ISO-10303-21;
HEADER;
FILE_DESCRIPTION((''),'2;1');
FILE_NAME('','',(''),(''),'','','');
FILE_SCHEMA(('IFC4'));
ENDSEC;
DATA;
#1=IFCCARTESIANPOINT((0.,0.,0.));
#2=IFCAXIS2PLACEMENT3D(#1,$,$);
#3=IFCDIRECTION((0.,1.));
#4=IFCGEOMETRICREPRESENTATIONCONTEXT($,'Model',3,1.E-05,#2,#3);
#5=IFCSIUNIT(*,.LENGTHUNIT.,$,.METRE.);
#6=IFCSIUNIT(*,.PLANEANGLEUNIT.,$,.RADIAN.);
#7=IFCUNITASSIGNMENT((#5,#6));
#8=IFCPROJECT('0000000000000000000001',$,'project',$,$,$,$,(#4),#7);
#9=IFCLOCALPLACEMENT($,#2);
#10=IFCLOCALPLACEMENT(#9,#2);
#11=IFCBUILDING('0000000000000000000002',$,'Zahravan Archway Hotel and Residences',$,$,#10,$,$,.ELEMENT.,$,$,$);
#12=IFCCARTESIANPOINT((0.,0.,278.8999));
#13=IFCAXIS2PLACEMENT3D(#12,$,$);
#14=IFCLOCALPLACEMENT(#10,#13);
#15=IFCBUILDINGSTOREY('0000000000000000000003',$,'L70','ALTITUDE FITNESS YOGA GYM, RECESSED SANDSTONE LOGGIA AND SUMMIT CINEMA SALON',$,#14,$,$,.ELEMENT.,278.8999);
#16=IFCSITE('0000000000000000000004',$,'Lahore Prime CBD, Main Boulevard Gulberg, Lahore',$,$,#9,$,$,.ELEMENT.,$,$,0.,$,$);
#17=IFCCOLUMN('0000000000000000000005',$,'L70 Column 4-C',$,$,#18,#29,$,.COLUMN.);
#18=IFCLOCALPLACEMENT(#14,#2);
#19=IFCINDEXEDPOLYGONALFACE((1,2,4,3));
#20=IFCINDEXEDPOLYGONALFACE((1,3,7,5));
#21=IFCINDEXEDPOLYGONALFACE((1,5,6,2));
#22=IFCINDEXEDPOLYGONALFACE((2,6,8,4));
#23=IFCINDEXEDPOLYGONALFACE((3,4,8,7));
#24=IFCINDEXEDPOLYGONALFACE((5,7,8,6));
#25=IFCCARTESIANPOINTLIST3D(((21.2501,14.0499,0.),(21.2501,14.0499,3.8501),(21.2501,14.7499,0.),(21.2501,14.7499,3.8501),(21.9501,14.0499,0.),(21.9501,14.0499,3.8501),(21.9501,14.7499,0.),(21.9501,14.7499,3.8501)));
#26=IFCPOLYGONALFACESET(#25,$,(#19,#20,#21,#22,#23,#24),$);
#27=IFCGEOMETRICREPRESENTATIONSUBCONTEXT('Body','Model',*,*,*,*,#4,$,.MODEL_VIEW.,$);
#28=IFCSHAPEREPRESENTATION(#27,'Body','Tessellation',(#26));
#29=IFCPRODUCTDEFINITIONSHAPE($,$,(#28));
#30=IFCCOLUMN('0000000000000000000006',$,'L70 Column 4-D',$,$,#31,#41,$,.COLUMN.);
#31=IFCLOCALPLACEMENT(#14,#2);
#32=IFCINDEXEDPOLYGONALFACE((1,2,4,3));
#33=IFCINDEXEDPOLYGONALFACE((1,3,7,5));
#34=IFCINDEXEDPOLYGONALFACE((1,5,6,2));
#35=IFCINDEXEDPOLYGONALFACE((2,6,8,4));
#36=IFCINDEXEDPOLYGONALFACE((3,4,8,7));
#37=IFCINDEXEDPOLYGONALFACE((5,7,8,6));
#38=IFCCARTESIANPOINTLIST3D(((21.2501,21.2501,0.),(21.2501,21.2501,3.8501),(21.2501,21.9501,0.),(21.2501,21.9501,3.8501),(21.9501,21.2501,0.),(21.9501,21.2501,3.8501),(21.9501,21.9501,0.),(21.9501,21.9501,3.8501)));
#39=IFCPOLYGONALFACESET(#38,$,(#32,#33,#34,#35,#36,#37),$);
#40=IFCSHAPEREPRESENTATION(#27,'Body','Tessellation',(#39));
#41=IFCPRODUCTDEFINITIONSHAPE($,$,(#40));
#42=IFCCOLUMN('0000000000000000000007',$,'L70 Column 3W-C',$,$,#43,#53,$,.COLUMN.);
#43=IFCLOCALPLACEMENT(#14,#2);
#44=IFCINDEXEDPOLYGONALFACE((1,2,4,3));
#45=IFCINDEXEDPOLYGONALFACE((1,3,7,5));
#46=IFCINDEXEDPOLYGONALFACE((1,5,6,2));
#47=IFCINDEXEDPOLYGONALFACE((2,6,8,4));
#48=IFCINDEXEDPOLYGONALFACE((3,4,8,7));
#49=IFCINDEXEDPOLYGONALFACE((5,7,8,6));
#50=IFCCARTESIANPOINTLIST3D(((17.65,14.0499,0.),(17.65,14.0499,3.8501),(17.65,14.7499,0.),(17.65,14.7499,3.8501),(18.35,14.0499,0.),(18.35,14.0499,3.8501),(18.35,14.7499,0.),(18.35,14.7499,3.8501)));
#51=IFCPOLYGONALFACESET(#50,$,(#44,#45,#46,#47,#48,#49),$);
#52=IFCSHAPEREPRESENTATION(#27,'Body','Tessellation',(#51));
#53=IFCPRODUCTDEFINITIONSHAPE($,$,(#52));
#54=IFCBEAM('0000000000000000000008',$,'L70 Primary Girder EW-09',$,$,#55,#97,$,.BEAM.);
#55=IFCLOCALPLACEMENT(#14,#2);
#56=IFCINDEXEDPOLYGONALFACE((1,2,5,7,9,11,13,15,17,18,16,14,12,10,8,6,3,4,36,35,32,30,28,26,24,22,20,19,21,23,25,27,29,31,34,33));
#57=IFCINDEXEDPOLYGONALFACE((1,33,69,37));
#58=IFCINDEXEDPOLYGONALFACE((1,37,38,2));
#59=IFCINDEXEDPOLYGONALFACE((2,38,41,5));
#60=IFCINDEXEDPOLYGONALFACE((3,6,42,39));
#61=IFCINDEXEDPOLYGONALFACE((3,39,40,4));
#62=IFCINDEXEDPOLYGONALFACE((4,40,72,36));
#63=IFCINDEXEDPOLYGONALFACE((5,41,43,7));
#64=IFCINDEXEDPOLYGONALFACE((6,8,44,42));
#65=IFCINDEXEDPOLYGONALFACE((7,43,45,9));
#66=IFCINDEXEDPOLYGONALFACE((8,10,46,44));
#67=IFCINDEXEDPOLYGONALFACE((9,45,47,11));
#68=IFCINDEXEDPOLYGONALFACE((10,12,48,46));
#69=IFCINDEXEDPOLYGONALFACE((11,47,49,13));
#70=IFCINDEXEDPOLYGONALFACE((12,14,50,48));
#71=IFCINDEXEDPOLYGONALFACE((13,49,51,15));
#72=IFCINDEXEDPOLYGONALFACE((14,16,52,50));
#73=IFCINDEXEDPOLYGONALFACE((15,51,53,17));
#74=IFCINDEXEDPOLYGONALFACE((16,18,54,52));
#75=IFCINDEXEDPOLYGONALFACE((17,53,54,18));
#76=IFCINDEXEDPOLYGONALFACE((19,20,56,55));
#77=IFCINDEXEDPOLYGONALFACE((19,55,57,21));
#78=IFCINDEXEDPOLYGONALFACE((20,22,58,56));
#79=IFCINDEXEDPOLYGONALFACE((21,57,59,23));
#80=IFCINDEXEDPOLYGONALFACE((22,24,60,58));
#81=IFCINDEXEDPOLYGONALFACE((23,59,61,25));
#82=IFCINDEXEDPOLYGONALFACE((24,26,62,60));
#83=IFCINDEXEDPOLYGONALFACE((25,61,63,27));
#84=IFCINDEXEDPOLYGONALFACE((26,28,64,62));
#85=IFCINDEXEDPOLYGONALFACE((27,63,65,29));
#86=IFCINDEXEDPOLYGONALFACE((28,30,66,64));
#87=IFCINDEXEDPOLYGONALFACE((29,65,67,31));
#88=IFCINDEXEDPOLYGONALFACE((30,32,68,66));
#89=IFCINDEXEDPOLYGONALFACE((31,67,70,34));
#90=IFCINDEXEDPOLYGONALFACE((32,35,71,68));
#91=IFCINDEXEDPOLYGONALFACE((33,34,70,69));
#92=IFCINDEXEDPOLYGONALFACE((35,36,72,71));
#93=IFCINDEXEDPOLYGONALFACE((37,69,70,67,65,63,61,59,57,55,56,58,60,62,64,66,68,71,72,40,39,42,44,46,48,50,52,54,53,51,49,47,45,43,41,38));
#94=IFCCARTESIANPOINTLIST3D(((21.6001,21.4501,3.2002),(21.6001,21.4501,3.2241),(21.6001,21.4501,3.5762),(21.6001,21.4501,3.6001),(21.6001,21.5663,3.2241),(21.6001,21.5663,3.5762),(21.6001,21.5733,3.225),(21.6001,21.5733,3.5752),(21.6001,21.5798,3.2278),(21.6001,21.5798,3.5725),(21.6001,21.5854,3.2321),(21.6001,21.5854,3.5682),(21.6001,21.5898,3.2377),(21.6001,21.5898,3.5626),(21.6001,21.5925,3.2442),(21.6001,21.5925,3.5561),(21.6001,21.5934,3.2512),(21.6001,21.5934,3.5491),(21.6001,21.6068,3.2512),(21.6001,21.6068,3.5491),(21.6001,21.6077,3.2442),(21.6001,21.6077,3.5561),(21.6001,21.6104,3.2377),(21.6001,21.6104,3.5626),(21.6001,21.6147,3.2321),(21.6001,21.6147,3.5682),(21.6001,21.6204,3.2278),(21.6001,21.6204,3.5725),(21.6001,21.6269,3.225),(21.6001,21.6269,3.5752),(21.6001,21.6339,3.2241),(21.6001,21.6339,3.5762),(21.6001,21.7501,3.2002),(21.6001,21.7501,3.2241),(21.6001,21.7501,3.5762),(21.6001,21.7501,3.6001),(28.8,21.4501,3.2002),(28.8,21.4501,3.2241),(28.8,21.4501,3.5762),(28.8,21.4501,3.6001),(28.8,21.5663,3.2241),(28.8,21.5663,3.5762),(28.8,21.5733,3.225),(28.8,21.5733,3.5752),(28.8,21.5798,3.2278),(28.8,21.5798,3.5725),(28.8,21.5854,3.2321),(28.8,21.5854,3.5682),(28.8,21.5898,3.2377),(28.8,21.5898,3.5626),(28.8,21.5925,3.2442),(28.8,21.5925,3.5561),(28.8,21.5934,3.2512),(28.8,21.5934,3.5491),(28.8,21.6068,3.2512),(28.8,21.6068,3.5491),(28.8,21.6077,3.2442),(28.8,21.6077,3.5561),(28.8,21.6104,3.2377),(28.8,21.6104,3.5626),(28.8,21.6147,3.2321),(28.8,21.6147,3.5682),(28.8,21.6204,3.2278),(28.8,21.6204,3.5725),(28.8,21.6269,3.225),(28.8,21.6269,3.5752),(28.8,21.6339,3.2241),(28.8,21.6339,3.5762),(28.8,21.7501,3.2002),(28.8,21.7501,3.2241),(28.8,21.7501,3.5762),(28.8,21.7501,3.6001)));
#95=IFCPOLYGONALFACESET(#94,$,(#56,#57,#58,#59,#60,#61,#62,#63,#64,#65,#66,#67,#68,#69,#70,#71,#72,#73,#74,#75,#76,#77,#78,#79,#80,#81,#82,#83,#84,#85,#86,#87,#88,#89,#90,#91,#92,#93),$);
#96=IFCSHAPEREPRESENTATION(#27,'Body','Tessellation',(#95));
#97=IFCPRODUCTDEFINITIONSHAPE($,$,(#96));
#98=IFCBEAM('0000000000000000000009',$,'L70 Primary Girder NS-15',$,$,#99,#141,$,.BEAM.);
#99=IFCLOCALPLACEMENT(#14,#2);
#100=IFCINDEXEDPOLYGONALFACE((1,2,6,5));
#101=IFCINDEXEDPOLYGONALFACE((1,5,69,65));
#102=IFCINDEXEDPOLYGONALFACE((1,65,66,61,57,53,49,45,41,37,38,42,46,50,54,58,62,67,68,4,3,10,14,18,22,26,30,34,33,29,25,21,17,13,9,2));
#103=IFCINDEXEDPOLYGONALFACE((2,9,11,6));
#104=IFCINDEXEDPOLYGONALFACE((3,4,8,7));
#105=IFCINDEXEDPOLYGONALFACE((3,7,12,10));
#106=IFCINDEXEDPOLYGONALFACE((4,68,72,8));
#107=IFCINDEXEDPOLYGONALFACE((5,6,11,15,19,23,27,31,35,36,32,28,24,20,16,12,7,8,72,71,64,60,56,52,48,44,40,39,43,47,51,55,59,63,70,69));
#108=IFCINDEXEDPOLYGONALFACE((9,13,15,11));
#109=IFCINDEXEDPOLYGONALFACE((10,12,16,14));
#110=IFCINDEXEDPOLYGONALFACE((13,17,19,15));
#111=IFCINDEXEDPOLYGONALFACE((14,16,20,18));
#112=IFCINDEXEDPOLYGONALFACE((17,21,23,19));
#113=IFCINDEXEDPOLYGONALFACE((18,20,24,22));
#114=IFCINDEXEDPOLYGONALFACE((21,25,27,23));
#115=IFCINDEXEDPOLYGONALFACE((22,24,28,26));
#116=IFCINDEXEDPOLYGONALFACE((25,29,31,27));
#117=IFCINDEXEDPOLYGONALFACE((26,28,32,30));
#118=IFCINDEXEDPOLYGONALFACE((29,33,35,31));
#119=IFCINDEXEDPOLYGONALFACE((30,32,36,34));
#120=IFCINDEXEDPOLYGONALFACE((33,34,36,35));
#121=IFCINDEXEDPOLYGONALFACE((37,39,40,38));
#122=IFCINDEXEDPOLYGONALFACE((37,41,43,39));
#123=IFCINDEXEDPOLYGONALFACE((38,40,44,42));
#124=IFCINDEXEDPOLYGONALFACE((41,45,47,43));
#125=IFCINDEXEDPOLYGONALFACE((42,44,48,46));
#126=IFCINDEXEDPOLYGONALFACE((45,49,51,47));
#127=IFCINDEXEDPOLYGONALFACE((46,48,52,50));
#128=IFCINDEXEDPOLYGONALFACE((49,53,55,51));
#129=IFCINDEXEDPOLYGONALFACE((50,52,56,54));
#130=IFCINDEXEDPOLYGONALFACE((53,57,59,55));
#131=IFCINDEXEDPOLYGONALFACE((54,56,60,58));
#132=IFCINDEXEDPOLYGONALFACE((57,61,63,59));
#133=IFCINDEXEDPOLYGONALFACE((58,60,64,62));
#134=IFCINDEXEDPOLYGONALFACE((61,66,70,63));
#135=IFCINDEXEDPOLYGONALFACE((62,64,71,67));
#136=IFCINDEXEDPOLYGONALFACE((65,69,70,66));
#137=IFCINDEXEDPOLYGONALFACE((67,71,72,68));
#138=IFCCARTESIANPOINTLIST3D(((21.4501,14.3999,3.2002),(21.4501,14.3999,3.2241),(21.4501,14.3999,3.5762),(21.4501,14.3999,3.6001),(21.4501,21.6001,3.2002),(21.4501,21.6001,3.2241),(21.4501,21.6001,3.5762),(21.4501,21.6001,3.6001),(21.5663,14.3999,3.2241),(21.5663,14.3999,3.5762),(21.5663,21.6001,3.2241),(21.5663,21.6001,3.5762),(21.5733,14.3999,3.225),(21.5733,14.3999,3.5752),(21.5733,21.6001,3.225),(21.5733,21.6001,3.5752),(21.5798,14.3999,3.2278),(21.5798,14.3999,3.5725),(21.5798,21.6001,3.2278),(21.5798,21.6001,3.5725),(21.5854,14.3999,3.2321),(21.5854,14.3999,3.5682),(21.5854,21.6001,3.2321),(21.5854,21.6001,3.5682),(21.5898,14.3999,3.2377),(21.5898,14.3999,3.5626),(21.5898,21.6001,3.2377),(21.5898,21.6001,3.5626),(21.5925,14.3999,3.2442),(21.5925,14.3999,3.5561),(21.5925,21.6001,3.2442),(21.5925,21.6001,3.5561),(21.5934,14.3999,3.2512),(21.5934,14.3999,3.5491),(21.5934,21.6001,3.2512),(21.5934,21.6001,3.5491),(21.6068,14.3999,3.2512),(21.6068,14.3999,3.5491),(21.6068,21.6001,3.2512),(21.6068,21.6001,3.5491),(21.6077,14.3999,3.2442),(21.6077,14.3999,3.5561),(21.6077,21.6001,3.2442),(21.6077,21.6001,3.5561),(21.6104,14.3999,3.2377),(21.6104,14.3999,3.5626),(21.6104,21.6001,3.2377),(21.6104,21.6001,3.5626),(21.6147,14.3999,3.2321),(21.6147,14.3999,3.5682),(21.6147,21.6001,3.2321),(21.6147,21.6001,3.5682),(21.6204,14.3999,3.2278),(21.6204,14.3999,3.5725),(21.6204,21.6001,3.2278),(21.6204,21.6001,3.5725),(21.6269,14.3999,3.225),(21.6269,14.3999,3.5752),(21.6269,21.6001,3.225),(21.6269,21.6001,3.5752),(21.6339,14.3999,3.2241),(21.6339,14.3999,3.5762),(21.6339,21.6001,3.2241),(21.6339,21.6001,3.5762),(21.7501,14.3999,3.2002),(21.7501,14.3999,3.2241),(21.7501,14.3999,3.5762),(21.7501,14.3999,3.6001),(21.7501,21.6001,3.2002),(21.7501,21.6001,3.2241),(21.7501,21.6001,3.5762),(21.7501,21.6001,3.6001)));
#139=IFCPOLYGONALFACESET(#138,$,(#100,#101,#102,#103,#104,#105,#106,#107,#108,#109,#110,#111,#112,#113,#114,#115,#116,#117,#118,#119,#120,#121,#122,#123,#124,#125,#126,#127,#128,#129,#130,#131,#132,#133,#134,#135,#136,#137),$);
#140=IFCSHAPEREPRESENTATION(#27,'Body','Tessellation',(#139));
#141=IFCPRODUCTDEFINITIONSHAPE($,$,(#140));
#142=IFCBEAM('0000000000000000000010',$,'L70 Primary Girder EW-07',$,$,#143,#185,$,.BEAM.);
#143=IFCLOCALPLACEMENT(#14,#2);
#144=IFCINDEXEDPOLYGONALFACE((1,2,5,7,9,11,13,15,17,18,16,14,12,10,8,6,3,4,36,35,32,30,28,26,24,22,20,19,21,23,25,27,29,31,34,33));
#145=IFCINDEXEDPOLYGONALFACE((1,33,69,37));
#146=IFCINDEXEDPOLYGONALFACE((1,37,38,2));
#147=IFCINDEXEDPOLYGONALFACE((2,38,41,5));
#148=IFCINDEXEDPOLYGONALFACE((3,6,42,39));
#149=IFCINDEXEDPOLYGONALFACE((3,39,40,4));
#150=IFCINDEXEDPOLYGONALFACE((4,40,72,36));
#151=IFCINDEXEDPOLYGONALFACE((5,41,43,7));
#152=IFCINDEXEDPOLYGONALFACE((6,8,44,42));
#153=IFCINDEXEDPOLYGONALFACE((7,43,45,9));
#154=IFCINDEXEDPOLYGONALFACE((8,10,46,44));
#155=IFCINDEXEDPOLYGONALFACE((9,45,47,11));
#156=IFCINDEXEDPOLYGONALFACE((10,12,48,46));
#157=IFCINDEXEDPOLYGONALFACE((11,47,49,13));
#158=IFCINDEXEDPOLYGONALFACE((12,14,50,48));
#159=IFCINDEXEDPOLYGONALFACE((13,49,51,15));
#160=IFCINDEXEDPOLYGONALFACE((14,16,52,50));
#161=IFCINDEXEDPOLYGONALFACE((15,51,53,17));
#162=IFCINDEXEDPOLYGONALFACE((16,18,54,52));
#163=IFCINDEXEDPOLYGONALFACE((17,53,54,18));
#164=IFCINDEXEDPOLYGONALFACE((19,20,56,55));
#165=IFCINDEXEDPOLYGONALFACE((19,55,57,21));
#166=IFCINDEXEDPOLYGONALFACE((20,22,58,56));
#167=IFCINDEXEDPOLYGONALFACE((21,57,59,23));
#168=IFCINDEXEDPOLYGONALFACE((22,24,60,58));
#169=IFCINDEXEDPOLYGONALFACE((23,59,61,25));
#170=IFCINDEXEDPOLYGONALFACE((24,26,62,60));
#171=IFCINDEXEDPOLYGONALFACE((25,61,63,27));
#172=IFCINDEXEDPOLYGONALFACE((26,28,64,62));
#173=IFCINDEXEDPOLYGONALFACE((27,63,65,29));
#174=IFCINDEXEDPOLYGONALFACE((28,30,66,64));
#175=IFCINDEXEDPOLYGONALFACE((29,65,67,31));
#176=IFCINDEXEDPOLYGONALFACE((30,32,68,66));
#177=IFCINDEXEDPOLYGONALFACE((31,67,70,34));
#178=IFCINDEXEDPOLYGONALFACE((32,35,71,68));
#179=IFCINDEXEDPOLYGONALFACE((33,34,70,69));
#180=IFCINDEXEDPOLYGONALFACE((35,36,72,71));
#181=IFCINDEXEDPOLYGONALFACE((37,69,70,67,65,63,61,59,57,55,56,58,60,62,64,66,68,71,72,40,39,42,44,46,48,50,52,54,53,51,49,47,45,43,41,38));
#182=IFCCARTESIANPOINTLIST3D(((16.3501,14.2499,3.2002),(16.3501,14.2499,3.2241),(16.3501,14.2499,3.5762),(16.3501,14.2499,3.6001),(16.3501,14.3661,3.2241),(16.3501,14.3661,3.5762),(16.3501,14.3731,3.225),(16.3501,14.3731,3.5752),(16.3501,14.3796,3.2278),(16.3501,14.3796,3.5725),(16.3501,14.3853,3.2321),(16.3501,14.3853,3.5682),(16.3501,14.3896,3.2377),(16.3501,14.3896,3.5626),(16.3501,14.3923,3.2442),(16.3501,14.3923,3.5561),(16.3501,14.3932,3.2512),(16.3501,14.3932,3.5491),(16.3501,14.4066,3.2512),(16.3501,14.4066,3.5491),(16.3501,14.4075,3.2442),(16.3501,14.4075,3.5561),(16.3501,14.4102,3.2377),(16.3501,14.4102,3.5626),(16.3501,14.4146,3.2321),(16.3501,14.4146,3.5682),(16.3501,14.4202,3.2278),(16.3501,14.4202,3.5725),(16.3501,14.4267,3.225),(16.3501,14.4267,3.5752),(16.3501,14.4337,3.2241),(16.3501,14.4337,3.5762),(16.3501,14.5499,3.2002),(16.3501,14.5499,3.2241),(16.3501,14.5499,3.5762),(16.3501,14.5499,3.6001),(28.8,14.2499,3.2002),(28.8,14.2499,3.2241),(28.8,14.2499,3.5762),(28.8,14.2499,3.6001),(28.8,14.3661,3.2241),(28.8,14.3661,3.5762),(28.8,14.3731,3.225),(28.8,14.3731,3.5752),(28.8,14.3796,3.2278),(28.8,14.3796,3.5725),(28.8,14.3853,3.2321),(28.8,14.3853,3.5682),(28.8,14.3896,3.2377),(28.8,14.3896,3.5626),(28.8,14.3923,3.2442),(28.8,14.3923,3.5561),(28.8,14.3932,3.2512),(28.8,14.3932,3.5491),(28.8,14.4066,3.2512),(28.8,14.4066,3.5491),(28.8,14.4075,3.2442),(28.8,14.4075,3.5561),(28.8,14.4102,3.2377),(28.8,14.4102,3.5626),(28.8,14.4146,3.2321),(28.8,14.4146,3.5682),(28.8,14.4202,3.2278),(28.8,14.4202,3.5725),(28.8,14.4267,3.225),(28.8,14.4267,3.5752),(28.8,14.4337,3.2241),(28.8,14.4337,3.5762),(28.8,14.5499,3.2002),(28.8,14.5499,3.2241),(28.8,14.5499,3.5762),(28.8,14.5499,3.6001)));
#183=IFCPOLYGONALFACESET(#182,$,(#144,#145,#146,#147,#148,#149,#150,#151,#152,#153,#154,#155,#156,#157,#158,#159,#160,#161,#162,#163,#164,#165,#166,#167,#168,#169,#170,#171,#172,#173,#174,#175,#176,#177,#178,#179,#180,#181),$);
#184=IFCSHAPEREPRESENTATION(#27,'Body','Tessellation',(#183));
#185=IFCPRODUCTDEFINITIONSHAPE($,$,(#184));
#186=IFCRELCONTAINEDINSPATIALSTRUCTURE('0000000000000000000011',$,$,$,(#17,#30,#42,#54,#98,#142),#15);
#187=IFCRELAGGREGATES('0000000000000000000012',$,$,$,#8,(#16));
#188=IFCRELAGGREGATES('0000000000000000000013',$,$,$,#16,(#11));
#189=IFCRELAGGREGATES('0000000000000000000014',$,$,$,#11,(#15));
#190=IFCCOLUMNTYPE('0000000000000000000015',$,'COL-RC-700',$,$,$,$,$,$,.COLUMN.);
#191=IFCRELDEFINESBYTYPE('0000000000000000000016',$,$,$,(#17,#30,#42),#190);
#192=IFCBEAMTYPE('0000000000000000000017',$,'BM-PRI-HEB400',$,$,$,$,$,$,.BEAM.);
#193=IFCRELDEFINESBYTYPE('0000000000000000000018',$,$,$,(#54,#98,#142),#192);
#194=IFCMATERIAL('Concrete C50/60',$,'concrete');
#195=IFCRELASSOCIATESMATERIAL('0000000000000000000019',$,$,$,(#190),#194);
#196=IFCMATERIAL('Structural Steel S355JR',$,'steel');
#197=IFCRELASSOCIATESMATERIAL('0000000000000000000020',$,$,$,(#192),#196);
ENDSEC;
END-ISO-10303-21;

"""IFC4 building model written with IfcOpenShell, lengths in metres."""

from ifc_helpers import new_model, si_unit, direction, frame, origin, origin_2d, place, context, subcontext, project, spatial, rectangle, i_section, extrude, source, transform, mapped, material, material_profile, profile_set, type_object, type_shapes, element, save


model = new_model("IFC4")

# Units and contexts
model_context = context("Model", 3, precision=1e-05, world=origin(), true_north=direction((0.0, 1.0)))
body_context = subcontext(model_context, "Body", "Model", "MODEL_VIEW")
ifc_project = project(units=[si_unit("LENGTHUNIT", "METRE"), si_unit("PLANEANGLEUNIT", "RADIAN")], contexts=[model_context])

# Site, building, storey
site_placement = place(None, origin())
site = spatial("IfcSite", under=ifc_project, at=site_placement, Name="Lahore Prime CBD, Main Boulevard Gulberg, Lahore", CompositionType="ELEMENT", RefElevation=0.0)
building_placement = place(site_placement, origin())
building = spatial("IfcBuilding", under=site, at=building_placement, Name="Zahravan Archway Hotel and Residences", CompositionType="ELEMENT")
storey_placement = place(building_placement, frame((0.0, 0.0, 278.8999)))
storey = spatial("IfcBuildingStorey", under=building, at=storey_placement, Name="L70", Description="ALTITUDE FITNESS YOGA GYM, RECESSED SANDSTONE LOGGIA AND SUMMIT CINEMA SALON", CompositionType="ELEMENT", Elevation=278.8999)

# Columns
ifc_material_1 = material(Name="Concrete C50/60", Category="concrete")
ifc_material_profile_1 = material_profile(ifc_material_1, rectangle(XDim=0.7, YDim=0.7, at=origin_2d()), Name="RC-COL-700x700", Category="concrete")
ifc_profile_set_1 = profile_set([ifc_material_profile_1], Name="Concrete C50/60")
column_type = type_object("IfcColumnType", Name="COL-RC-700", PredefinedType="COLUMN", material=ifc_profile_set_1)
shared_shape_1 = source(origin(), body_context, "Body", "SweptSolid", [
    extrude(rectangle(XDim=0.7, YDim=0.7, at=origin_2d()), origin(), (0.0, 0.0, 1.0), 3.8501),
])
for number, where, z_axis, x_axis, name in (
    (1, (21.6001, 14.3999, 0.0), (0.0, 0.0, 1.0), (1.0, 0.0, 0.0), "L70 Column 4-C"),
    (2, (21.6001, 21.6001, 0.0), (0.0, 0.0, 1.0), (1.0, 0.0, 0.0), "L70 Column 4-D"),
    (3, (18.0, 14.3999, 0.0), (0.0, 0.0, 1.0), (1.0, 0.0, 0.0), "L70 Column 3W-C"),
):
    element("IfcColumn", number, at=place(storey_placement, frame(where, z_axis=z_axis, x_axis=x_axis)), inside=storey, type_object=column_type, Name=name, PredefinedType="COLUMN", context=body_context, shape_type="MappedRepresentation", body=[
        mapped(shared_shape_1, transform((0.0, 0.0, 0.0), scale=1.0)),
    ])

# Beams
ifc_material_2 = material(Name="Structural Steel S355JR", Category="steel")
ifc_material_profile_2 = material_profile(ifc_material_2, i_section(OverallWidth=0.3, OverallDepth=0.3999, WebThickness=0.0134, FlangeThickness=0.0239, FilletRadius=0.0271, at=origin_2d()), Name="HEB 400", Category="steel")
ifc_profile_set_2 = profile_set([ifc_material_profile_2], Name="Structural Steel S355JR")
beam_type = type_object("IfcBeamType", Name="BM-PRI-HEB400", PredefinedType="BEAM", material=ifc_profile_set_2)
shared_shape_2 = source(origin(), body_context, "Body", "SweptSolid", [
    extrude(i_section(OverallWidth=0.3, OverallDepth=0.3999, WebThickness=0.0134, FlangeThickness=0.0239, FilletRadius=0.0271, at=origin_2d()), origin(), (0.0, 0.0, 1.0), 7.2),
])
type_shapes(beam_type, [shared_shape_2])
beam_1_placement = place(storey_placement, frame((21.6001, 21.6001, 3.4001), z_axis=(1.0, 0.0, 0.0), x_axis=(0.0, 1.0, 0.0)))
element("IfcBeam", 4, at=beam_1_placement, inside=storey, type_object=beam_type, Name="L70 Primary Girder EW-09", PredefinedType="BEAM", context=body_context, shape_type="MappedRepresentation", body=[
    mapped(shared_shape_2, transform((0.0, 0.0, 0.0), scale=1.0)),
])
shared_shape_3 = source(origin(), body_context, "Body", "SweptSolid", [
    extrude(i_section(OverallWidth=0.3, OverallDepth=0.3999, WebThickness=0.0134, FlangeThickness=0.0239, FilletRadius=0.0271, at=origin_2d()), origin(), (0.0, 0.0, 1.0), 7.2002),
])
beam_2_placement = place(storey_placement, frame((21.6001, 14.3999, 3.4001), z_axis=(0.0, 1.0, 0.0), x_axis=(-1.0, 0.0, 0.0)))
element("IfcBeam", 5, at=beam_2_placement, inside=storey, type_object=beam_type, Name="L70 Primary Girder NS-15", PredefinedType="BEAM", context=body_context, shape_type="MappedRepresentation", body=[
    mapped(shared_shape_3, transform((0.0, 0.0, 0.0), scale=1.0)),
])
shared_shape_4 = source(origin(), body_context, "Body", "SweptSolid", [
    extrude(i_section(OverallWidth=0.3, OverallDepth=0.3999, WebThickness=0.0134, FlangeThickness=0.0239, FilletRadius=0.0271, at=origin_2d()), origin(), (0.0, 0.0, 1.0), 12.45),
])
beam_3_placement = place(storey_placement, frame((16.3501, 14.3999, 3.4001), z_axis=(1.0, 0.0, 0.0), x_axis=(0.0, 1.0, 0.0)))
element("IfcBeam", 6, at=beam_3_placement, inside=storey, type_object=beam_type, Name="L70 Primary Girder EW-07", PredefinedType="BEAM", context=body_context, shape_type="MappedRepresentation", body=[
    mapped(shared_shape_4, transform((0.0, 0.0, 0.0), scale=1.0)),
])

save(model, "model.ifc")
